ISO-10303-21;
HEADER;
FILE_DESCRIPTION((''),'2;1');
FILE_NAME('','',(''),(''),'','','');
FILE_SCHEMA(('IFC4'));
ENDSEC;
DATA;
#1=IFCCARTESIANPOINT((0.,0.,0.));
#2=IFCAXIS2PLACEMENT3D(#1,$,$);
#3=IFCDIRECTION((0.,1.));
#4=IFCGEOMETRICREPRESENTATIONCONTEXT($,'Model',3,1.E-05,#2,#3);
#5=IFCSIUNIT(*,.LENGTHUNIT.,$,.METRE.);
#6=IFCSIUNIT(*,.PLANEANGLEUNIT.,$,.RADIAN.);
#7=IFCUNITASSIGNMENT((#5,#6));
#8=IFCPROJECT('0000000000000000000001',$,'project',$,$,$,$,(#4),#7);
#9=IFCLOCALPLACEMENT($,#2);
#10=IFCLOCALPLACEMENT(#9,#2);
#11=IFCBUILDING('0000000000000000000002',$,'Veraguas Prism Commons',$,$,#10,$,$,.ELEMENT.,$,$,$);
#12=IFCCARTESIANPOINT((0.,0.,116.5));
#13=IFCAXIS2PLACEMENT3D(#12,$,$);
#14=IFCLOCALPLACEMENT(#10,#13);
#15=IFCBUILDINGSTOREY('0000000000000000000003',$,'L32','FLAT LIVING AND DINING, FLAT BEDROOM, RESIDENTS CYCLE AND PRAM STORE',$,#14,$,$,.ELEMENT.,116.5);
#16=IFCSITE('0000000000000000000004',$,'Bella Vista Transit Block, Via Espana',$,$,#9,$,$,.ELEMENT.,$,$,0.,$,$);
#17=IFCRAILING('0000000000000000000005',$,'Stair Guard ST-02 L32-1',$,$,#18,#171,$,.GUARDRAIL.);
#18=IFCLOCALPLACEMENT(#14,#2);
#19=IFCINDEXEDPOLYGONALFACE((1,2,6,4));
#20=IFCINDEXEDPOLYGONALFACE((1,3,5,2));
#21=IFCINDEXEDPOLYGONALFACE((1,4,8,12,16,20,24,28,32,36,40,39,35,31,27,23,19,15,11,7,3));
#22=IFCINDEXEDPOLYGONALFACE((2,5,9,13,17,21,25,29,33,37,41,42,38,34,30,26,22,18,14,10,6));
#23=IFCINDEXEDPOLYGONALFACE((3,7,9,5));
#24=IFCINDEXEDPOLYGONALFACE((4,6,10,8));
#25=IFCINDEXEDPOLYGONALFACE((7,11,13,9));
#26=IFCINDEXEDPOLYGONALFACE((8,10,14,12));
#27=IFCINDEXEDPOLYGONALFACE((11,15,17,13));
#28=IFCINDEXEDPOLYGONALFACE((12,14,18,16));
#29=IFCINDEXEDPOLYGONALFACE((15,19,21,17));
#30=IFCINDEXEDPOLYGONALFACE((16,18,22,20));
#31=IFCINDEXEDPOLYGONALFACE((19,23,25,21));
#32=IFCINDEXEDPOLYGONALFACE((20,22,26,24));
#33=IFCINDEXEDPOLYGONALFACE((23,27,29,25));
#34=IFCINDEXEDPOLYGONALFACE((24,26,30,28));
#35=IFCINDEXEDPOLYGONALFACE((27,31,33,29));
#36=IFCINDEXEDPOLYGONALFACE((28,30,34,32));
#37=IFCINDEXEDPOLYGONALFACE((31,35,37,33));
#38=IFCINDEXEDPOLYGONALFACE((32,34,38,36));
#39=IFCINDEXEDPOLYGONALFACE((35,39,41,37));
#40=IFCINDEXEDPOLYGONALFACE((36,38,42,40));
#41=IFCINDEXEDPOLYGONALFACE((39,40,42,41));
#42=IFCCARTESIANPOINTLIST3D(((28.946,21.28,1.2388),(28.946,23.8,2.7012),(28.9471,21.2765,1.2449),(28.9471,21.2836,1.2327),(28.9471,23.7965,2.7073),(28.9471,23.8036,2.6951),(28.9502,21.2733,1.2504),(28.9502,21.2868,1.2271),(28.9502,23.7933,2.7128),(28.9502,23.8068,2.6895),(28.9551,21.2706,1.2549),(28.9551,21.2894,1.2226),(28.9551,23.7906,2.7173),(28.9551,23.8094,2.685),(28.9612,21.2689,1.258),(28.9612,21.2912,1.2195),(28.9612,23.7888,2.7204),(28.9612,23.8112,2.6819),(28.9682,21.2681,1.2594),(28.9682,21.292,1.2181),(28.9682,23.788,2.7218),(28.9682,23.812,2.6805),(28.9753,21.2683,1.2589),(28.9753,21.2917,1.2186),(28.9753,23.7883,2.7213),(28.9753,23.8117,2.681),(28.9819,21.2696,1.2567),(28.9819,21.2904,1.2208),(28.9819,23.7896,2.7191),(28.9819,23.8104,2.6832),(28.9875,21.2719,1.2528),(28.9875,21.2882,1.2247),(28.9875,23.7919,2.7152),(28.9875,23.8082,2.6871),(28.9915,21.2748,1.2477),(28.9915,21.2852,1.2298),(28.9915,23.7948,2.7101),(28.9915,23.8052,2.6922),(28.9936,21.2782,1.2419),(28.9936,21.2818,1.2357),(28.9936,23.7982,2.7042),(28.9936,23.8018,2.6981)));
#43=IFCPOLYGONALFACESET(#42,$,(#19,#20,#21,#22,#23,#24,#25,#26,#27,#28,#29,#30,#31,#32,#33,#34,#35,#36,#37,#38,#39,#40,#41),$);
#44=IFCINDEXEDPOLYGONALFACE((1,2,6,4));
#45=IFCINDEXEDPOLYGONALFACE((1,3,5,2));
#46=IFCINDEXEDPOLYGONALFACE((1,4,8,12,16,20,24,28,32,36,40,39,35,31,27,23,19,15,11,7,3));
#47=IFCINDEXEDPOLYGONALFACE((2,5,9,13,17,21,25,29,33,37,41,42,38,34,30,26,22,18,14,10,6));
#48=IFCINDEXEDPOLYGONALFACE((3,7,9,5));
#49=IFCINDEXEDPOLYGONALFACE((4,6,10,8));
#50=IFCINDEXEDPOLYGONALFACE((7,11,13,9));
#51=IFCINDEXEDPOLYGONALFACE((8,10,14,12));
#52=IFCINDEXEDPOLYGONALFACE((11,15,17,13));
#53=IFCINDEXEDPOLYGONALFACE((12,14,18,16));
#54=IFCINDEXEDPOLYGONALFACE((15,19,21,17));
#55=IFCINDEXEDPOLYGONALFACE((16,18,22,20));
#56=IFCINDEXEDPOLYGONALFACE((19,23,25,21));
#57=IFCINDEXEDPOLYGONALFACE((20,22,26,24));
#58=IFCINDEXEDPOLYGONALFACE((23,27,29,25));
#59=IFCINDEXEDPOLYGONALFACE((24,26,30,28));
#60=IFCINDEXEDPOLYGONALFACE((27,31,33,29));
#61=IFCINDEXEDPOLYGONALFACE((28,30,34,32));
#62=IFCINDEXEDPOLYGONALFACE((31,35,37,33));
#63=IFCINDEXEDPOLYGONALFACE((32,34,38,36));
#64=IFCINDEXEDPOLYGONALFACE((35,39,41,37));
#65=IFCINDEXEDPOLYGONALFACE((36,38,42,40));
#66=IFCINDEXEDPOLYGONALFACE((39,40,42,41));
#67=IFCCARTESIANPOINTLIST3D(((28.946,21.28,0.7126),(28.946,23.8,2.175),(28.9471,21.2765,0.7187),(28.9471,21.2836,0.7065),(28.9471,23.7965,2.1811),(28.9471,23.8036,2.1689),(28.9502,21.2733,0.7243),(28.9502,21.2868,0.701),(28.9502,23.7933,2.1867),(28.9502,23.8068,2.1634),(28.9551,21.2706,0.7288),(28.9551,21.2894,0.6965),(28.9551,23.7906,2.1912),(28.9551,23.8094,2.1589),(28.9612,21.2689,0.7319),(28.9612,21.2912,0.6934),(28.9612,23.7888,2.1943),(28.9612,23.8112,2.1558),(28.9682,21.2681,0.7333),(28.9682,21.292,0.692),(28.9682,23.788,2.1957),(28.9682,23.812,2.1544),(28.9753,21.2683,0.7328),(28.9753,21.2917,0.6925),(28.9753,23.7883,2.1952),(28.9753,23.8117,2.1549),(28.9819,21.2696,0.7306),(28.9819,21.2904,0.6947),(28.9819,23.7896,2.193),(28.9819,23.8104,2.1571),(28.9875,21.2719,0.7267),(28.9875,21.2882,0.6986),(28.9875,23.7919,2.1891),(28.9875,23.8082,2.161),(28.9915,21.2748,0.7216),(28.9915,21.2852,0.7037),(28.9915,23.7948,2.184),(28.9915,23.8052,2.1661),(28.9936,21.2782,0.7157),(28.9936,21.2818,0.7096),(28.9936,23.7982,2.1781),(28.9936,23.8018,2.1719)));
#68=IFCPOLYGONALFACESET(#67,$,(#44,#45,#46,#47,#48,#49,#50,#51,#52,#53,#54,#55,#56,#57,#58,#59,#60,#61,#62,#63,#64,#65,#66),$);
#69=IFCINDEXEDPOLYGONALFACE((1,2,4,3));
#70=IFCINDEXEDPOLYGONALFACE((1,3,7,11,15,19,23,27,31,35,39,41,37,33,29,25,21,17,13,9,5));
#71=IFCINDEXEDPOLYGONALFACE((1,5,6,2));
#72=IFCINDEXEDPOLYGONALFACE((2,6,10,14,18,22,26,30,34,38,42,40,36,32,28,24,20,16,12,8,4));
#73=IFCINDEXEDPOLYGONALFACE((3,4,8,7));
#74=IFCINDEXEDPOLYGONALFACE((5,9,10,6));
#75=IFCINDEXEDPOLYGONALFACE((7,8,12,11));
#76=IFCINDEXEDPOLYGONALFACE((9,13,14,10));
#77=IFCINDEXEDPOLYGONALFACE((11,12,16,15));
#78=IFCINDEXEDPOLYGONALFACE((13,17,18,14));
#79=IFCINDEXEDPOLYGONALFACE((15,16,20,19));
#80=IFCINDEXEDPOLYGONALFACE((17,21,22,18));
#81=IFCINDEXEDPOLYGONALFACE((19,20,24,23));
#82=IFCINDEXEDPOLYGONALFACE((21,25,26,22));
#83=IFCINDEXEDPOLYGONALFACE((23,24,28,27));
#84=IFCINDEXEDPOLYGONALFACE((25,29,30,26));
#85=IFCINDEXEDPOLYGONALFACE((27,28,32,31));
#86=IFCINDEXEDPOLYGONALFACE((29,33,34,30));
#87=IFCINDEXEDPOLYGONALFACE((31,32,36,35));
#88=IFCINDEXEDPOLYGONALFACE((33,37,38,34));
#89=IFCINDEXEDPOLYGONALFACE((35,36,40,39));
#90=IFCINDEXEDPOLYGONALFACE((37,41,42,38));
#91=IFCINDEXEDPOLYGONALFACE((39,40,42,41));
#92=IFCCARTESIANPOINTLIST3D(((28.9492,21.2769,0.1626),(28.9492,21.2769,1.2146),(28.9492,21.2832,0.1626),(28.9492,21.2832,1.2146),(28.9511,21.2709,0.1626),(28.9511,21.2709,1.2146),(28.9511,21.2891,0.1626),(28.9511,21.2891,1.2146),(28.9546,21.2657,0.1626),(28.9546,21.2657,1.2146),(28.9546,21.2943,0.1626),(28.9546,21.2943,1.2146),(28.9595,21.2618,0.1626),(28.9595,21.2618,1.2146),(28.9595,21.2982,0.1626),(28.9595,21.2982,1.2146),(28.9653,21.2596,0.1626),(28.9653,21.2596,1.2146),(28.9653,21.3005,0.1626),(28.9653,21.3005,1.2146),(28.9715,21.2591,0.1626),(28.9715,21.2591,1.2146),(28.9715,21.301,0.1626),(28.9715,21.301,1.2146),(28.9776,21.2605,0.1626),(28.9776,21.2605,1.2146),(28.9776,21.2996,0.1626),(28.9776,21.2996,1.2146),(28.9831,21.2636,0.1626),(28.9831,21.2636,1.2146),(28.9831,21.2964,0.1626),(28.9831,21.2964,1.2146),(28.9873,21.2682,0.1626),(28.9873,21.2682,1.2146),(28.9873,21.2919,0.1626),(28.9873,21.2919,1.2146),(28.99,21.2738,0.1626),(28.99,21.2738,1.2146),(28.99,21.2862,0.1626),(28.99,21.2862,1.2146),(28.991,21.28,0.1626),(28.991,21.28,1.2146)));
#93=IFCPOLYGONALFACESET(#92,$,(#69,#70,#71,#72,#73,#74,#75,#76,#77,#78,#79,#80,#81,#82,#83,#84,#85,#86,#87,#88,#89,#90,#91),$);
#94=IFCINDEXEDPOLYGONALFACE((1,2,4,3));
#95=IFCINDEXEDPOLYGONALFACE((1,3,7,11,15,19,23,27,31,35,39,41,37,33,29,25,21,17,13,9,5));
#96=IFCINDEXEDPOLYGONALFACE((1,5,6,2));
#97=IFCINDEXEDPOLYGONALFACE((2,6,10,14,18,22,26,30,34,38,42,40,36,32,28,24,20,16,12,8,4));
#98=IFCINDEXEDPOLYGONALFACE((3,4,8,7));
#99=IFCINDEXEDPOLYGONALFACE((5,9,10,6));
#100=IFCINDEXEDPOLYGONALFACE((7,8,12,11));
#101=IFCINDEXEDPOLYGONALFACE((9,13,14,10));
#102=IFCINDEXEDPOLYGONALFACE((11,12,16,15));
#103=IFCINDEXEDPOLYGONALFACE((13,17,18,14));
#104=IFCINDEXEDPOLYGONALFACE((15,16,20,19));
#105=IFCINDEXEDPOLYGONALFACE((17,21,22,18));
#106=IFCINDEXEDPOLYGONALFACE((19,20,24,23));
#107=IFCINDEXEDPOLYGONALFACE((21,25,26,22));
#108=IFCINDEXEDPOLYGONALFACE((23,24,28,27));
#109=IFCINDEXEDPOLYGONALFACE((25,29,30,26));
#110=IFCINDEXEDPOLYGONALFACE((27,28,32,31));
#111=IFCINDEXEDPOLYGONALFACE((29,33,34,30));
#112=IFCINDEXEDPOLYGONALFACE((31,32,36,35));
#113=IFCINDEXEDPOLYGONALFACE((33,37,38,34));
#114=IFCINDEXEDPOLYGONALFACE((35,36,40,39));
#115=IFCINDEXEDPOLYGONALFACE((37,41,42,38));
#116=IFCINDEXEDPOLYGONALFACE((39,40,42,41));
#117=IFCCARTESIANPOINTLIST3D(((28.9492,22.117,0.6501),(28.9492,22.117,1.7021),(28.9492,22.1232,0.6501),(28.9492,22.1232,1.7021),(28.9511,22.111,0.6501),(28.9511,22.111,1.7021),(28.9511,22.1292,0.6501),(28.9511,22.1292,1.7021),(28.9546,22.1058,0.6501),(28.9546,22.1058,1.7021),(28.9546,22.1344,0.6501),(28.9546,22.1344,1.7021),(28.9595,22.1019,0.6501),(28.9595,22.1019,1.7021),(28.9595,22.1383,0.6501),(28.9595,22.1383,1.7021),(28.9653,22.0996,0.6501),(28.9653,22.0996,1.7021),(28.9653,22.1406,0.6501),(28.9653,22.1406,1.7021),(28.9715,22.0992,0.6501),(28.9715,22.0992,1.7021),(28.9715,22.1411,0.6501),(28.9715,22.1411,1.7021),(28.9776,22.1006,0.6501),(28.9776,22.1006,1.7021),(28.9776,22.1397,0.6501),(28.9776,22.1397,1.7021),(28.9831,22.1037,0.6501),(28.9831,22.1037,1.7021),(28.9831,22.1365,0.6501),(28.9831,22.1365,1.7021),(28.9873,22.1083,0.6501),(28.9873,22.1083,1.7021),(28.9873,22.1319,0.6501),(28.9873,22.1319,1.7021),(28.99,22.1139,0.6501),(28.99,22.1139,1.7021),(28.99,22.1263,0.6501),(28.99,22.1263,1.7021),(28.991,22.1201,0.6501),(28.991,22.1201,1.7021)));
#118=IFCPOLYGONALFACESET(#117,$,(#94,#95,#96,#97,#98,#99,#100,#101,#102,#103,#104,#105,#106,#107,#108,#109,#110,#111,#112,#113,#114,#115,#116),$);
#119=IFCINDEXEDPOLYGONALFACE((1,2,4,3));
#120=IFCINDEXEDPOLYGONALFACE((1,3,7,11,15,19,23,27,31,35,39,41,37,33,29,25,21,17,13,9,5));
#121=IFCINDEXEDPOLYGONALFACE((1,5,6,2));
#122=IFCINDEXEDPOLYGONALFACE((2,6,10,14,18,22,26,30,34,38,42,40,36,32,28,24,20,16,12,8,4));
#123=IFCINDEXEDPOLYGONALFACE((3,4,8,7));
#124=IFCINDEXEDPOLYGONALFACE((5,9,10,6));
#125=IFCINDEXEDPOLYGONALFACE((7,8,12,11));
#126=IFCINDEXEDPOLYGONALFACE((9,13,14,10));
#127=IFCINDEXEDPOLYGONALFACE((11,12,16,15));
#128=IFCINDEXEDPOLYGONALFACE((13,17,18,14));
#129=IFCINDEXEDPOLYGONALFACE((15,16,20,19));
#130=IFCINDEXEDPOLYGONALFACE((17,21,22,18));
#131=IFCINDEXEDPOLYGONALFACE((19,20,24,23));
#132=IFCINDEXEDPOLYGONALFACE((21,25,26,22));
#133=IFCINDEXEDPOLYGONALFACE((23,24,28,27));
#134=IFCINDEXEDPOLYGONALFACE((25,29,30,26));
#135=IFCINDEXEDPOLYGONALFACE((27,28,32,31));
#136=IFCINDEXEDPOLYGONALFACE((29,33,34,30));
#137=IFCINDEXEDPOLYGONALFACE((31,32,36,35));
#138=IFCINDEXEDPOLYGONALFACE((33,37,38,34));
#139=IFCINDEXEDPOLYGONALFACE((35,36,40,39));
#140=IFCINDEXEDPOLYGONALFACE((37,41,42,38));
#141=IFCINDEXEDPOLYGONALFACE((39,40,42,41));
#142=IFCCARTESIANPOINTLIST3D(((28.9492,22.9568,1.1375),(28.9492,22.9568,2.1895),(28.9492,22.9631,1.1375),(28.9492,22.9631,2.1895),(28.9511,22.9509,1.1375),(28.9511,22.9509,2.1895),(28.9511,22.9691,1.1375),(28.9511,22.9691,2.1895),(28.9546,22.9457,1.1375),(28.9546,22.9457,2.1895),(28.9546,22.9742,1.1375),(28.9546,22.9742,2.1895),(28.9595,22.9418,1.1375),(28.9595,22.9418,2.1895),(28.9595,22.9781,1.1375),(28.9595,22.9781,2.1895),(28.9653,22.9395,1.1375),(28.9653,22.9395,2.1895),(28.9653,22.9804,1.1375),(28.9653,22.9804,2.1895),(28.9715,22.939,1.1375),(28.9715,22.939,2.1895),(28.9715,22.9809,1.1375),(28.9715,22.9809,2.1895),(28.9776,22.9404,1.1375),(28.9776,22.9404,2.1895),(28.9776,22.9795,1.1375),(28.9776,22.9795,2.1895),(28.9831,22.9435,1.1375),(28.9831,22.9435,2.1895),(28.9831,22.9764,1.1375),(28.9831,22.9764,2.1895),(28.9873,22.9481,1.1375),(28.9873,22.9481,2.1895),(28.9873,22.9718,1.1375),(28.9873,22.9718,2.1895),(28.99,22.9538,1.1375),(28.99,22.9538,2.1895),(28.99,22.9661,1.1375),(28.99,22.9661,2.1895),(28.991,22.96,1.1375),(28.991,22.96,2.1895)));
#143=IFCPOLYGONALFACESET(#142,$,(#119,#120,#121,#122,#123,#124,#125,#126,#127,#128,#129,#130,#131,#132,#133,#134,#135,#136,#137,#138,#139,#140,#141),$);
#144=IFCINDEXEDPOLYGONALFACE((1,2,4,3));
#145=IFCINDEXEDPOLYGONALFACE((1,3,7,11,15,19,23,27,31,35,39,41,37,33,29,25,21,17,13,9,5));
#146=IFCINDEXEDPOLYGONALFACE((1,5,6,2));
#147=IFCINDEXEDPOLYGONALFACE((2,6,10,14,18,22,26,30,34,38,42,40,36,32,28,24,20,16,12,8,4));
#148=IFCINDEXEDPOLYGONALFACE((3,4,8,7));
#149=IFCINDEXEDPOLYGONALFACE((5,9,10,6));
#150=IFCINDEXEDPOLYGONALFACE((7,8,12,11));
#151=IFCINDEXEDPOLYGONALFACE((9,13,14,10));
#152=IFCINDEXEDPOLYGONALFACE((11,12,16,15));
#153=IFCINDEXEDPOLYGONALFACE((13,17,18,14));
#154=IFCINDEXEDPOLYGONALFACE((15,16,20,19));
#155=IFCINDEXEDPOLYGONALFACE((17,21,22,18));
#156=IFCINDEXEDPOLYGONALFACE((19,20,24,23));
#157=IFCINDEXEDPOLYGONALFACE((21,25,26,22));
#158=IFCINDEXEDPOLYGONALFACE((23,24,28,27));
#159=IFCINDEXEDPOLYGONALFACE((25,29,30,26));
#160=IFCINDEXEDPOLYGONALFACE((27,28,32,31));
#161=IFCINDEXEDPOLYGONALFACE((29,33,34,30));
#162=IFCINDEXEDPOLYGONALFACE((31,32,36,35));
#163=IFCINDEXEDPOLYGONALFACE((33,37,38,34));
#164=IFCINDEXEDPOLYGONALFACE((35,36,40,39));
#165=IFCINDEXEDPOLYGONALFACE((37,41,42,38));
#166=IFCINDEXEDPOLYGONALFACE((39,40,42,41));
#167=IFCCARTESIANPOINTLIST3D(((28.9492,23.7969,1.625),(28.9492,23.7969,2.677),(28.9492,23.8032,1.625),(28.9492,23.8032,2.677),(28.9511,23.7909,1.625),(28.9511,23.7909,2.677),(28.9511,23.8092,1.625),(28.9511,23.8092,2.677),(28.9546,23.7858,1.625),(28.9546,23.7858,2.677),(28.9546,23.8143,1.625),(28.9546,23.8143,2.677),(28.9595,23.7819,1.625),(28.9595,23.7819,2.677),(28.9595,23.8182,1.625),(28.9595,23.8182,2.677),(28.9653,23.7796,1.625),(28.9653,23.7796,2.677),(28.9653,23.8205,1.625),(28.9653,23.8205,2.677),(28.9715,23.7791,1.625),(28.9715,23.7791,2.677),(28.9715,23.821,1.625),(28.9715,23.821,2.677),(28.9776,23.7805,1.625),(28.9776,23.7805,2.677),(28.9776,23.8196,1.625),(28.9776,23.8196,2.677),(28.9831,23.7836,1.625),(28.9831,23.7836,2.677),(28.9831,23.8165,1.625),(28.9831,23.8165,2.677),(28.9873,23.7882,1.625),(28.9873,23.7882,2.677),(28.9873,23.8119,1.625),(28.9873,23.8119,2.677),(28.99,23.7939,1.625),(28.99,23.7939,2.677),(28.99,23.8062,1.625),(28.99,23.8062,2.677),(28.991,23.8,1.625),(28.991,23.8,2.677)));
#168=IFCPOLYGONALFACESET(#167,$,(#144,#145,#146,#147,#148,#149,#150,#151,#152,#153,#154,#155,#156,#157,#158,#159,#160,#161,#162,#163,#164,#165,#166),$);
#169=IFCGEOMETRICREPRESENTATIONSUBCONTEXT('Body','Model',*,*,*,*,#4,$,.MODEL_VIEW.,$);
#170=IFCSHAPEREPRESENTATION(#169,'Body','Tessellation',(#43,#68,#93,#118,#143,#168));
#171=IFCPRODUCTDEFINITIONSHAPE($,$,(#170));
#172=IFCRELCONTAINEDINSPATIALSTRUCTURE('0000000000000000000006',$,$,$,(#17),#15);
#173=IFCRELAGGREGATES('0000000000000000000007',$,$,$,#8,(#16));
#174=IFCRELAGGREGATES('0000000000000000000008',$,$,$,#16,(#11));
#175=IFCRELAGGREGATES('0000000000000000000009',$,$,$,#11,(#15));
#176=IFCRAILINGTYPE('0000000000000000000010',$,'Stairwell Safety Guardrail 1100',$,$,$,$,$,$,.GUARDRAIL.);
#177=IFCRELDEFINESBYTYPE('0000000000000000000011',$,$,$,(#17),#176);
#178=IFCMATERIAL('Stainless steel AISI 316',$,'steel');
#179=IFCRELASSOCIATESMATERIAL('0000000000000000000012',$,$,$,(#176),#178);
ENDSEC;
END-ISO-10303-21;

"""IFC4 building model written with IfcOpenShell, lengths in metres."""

from ifc_helpers import new_model, si_unit, direction, frame, origin, origin_2d, place, context, subcontext, project, spatial, circle, extrude, material, type_object, element, save


model = new_model("IFC4")

# Units and contexts
model_context = context("Model", 3, precision=1e-05, world=origin(), true_north=direction((0.0, 1.0)))
body_context = subcontext(model_context, "Body", "Model", "MODEL_VIEW")
ifc_project = project(units=[si_unit("LENGTHUNIT", "METRE"), si_unit("PLANEANGLEUNIT", "RADIAN")], contexts=[model_context])

# Site, building, storey
site_placement = place(None, origin())
site = spatial("IfcSite", under=ifc_project, at=site_placement, Name="Bella Vista Transit Block, Via Espana", CompositionType="ELEMENT", RefElevation=0.0)
building_placement = place(site_placement, origin())
building = spatial("IfcBuilding", under=site, at=building_placement, Name="Veraguas Prism Commons", CompositionType="ELEMENT")
storey_placement = place(building_placement, frame((0.0, 0.0, 116.5)))
storey = spatial("IfcBuildingStorey", under=building, at=storey_placement, Name="L32", Description="FLAT LIVING AND DINING, FLAT BEDROOM, RESIDENTS CYCLE AND PRAM STORE", CompositionType="ELEMENT", Elevation=116.5)

# Shared definitions
ifc_material_1 = material(Name="Stainless steel AISI 316", Category="steel")

# Railing
railing_type_1 = type_object("IfcRailingType", Name="Stairwell Safety Guardrail 1100", PredefinedType="GUARDRAIL", material=ifc_material_1)
railing_1_placement = place(storey_placement, frame((28.97, 21.28, 0.1626)))
element("IfcRailing", 1, at=railing_1_placement, inside=storey, type_object=railing_type_1, Name="Stair Guard ST-02 L32-1", PredefinedType="GUARDRAIL", context=body_context, shape_type="SweptSolid", body=[
    extrude(circle(Radius=0.0239, at=origin_2d()), frame((0.0, 0.0, 1.0762), z_axis=(0.0, 0.864913, 0.501921), x_axis=(-1.0, 0.0, 0.0)), (0.0, 0.0, 1.0), 2.9136),
    extrude(circle(Radius=0.0239, at=origin_2d()), frame((0.0, 0.0, 0.55), z_axis=(0.0, 0.864913, 0.501921), x_axis=(-1.0, 0.0, 0.0)), (0.0, 0.0, 1.0), 2.9136),
    extrude(circle(Radius=0.021, at=origin_2d()), origin(), (0.0, 0.0, 1.0), 1.052),
    extrude(circle(Radius=0.021, at=origin_2d()), frame((0.0, 0.8401, 0.4875)), (0.0, 0.0, 1.0), 1.052),
    extrude(circle(Radius=0.021, at=origin_2d()), frame((0.0, 1.6799, 0.9749)), (0.0, 0.0, 1.0), 1.052),
    extrude(circle(Radius=0.021, at=origin_2d()), frame((0.0, 2.52, 1.4624)), (0.0, 0.0, 1.0), 1.052),
])

save(model, "model.ifc")
